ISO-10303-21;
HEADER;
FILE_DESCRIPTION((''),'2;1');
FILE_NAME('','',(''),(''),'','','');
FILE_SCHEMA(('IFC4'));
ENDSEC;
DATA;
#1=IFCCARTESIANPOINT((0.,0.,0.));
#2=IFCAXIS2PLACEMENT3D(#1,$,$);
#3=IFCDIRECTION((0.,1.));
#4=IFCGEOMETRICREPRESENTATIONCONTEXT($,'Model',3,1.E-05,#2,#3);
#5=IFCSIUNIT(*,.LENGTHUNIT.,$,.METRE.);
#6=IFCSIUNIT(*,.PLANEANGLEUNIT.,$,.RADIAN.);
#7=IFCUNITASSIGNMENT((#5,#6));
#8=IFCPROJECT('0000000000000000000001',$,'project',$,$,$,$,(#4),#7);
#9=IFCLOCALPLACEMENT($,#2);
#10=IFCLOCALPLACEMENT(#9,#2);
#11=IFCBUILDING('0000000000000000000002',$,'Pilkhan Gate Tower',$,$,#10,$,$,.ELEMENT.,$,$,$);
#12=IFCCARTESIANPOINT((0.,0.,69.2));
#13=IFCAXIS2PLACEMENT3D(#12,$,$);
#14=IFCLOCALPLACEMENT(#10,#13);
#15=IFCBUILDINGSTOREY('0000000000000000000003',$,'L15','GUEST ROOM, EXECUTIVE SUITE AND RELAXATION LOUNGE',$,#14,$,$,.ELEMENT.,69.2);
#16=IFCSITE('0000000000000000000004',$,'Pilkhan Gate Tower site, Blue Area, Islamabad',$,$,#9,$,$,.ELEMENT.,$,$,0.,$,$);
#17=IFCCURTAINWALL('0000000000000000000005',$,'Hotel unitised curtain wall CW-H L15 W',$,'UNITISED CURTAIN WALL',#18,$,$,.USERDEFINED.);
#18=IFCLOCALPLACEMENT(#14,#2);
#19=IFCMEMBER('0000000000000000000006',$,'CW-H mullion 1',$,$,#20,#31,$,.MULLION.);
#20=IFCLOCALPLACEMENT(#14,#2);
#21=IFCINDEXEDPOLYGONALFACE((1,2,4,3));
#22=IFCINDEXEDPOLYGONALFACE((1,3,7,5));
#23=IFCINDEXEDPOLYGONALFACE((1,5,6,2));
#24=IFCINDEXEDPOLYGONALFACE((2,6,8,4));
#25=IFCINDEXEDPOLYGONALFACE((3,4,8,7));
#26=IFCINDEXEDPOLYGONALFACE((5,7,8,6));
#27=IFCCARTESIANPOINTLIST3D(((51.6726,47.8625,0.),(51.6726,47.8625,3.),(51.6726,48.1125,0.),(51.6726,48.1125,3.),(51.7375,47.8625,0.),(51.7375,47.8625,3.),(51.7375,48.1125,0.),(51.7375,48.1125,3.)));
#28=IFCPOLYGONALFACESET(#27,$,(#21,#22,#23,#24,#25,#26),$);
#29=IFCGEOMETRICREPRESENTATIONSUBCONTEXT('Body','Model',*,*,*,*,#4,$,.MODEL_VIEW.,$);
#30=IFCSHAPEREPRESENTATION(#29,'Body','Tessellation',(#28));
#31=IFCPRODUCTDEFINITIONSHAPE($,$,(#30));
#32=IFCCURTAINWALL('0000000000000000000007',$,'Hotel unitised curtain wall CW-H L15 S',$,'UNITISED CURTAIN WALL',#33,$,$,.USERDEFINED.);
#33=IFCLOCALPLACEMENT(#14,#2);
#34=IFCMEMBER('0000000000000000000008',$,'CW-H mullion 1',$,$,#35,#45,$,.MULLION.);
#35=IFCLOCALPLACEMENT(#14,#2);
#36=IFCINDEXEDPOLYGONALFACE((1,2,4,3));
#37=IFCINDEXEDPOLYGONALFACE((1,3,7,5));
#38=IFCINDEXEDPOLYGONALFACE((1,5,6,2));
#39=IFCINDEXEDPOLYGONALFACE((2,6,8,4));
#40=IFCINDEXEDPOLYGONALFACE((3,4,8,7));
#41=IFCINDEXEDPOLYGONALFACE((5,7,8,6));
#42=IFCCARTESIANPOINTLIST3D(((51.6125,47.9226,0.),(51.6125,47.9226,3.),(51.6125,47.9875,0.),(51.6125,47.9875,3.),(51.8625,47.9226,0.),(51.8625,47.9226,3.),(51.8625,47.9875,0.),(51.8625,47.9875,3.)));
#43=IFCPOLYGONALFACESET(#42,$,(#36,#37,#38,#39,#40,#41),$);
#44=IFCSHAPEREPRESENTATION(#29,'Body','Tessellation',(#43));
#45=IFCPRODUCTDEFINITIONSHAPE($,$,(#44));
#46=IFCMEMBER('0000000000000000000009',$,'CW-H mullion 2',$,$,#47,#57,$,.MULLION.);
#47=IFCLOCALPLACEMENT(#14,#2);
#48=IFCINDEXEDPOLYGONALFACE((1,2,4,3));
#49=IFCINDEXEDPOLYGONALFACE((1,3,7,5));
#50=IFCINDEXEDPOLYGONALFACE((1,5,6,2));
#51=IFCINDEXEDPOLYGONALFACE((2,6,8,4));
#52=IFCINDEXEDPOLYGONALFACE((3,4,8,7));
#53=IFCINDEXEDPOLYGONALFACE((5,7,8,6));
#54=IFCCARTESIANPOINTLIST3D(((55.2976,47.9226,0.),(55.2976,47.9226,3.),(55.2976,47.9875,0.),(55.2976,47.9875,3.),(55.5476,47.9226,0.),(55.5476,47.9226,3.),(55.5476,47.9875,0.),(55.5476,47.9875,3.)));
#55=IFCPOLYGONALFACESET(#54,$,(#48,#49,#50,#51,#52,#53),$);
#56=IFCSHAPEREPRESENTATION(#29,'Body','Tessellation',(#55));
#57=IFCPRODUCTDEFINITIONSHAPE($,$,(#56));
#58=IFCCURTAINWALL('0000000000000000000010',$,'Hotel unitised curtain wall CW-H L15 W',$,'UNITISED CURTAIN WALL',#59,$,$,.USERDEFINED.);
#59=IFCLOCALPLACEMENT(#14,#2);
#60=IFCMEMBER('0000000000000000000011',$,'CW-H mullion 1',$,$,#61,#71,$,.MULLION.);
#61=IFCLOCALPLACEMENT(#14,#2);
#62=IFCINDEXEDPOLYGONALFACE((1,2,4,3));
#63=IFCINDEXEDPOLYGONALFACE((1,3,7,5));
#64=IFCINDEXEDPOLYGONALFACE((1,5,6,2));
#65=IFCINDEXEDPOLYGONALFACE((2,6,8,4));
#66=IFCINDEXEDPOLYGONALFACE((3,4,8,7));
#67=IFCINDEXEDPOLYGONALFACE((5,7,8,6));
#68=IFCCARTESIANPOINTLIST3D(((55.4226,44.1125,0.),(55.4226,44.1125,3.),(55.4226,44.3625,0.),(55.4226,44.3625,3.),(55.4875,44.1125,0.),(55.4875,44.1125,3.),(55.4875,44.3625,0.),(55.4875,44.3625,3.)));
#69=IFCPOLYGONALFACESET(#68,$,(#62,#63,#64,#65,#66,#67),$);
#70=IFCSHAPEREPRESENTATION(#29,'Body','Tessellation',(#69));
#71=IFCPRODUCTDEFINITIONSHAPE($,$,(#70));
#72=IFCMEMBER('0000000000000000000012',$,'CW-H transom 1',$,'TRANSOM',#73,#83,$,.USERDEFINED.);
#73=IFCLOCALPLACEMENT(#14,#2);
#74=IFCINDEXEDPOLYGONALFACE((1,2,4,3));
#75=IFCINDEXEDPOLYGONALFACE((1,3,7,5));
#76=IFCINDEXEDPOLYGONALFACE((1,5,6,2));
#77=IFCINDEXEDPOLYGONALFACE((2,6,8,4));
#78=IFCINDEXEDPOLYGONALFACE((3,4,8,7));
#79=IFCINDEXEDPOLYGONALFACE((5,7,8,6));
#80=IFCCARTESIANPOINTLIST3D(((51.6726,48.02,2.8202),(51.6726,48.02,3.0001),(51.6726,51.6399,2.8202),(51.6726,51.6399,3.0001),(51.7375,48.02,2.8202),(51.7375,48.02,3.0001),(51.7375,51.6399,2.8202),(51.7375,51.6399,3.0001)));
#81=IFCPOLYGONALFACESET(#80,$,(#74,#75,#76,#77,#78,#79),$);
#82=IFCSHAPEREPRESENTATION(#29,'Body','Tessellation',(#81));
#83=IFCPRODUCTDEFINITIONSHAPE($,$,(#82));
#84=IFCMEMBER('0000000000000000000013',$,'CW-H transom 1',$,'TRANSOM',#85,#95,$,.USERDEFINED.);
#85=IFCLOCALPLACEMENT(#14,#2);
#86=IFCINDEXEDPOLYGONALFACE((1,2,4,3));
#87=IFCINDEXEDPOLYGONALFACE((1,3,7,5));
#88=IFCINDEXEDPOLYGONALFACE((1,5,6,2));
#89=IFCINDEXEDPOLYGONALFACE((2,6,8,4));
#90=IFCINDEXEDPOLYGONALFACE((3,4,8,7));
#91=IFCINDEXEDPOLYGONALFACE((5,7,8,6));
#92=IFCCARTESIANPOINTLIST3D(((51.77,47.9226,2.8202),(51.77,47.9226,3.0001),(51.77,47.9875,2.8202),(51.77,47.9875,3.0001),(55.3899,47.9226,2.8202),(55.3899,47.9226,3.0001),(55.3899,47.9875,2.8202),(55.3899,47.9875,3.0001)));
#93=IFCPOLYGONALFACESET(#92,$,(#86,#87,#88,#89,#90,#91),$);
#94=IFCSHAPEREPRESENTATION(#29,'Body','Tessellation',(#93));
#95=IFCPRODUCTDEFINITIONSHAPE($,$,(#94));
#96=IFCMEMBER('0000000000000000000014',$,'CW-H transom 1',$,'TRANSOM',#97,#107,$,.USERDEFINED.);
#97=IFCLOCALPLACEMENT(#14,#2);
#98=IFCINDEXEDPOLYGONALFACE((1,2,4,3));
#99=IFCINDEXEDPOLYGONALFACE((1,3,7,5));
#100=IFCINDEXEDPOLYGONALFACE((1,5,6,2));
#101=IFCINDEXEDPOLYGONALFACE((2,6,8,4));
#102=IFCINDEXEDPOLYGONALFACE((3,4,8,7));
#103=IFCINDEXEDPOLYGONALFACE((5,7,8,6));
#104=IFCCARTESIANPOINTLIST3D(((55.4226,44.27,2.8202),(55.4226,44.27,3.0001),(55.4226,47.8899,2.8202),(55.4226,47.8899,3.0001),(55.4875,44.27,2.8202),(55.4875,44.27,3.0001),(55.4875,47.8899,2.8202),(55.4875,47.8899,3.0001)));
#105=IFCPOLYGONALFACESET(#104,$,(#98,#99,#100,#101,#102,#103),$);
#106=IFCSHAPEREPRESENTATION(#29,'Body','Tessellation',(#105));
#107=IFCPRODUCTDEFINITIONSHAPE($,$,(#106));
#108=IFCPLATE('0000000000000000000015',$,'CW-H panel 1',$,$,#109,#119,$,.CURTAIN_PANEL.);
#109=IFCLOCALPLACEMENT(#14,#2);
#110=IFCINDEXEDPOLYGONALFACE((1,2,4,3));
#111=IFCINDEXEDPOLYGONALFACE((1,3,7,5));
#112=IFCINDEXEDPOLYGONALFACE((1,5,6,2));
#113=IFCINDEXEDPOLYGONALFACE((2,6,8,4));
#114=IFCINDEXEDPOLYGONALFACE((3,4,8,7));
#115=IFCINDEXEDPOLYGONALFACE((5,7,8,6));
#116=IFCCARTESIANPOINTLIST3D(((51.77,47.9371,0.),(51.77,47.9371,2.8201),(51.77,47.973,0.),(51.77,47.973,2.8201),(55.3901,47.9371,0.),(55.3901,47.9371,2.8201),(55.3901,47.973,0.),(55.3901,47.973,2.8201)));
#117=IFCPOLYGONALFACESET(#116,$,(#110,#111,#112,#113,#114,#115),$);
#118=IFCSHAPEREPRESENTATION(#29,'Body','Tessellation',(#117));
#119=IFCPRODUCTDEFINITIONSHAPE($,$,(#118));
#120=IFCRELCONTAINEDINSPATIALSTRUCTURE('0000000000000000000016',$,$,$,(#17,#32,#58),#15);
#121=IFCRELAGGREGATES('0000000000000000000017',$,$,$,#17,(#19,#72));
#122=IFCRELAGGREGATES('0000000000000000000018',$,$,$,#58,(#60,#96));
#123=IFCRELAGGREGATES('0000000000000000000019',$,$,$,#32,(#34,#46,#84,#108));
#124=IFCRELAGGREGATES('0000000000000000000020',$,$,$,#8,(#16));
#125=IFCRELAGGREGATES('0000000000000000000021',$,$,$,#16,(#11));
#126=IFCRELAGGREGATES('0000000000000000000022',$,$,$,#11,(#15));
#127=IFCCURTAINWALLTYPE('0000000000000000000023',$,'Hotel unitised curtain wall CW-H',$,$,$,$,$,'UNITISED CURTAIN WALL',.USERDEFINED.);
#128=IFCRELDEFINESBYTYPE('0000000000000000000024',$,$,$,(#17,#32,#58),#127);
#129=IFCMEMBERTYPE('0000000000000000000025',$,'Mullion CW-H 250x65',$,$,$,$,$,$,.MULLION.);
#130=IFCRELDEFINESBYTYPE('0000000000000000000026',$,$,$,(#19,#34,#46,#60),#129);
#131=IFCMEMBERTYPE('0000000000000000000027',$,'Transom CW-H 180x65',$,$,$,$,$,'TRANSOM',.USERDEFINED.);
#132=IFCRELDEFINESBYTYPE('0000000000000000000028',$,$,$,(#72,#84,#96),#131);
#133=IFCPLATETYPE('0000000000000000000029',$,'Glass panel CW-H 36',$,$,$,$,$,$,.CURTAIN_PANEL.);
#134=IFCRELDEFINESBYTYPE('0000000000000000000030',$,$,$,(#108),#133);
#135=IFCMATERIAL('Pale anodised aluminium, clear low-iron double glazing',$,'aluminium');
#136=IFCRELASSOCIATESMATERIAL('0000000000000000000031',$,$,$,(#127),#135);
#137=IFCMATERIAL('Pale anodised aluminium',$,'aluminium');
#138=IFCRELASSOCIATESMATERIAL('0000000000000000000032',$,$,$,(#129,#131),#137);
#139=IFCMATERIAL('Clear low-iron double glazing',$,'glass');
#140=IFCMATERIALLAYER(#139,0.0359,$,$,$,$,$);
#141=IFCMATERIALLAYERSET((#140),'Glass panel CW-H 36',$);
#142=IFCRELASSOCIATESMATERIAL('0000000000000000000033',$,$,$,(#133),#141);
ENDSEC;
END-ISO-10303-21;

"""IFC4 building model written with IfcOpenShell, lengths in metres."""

from ifc_helpers import new_model, si_unit, direction, frame, origin, origin_2d, place, context, subcontext, project, spatial, rectangle, extrude, material, layer, layer_set, material_profile, profile_set, type_object, element, aggregate, save


model = new_model("IFC4")

# Units and contexts
model_context = context("Model", 3, precision=1e-05, world=origin(), true_north=direction((0.0, 1.0)))
body_context = subcontext(model_context, "Body", "Model", "MODEL_VIEW")
ifc_project = project(units=[si_unit("LENGTHUNIT", "METRE"), si_unit("PLANEANGLEUNIT", "RADIAN")], contexts=[model_context])

# Site, building, storey
site_placement = place(None, origin())
site = spatial("IfcSite", under=ifc_project, at=site_placement, Name="Pilkhan Gate Tower site, Blue Area, Islamabad", CompositionType="ELEMENT", RefElevation=0.0)
building_placement = place(site_placement, origin())
building = spatial("IfcBuilding", under=site, at=building_placement, Name="Pilkhan Gate Tower", CompositionType="ELEMENT")
storey_placement = place(building_placement, frame((0.0, 0.0, 69.2)))
storey = spatial("IfcBuildingStorey", under=building, at=storey_placement, Name="L15", Description="GUEST ROOM, EXECUTIVE SUITE AND RELAXATION LOUNGE", CompositionType="ELEMENT", Elevation=69.2)

# Curtain wall, member
ifc_material_1 = material(Name="Pale anodised aluminium, clear low-iron double glazing", Category="aluminium")
curtain_wall_type = type_object("IfcCurtainWallType", Name="Hotel unitised curtain wall CW-H", ElementType="UNITISED CURTAIN WALL", PredefinedType="USERDEFINED", material=ifc_material_1)
curtain_wall_1_placement = place(storey_placement, origin())
curtain_wall_1 = element("IfcCurtainWall", 1, at=curtain_wall_1_placement, inside=storey, type_object=curtain_wall_type, Name="Hotel unitised curtain wall CW-H L15 W", ObjectType="UNITISED CURTAIN WALL", PredefinedType="USERDEFINED")
ifc_material_2 = material(Name="Pale anodised aluminium", Category="aluminium")
ifc_material_profile_1 = material_profile(ifc_material_2, rectangle(XDim=0.0649, YDim=0.25, at=origin_2d()), Name="Mullion 250x65")
ifc_profile_set_1 = profile_set([ifc_material_profile_1], Name="Pale anodised aluminium")
member_type_1 = type_object("IfcMemberType", Name="Mullion CW-H 250x65", PredefinedType="MULLION", material=ifc_profile_set_1)
member_1_placement = place(storey_placement, frame((51.7051, 47.9875, 0.0), z_axis=(0.0, 0.0, 1.0), x_axis=(-1.0, 0.0, 0.0)))
member_1 = element("IfcMember", 2, at=member_1_placement, type_object=member_type_1, Name="CW-H mullion 1", PredefinedType="MULLION", context=body_context, shape_type="SweptSolid", body=[
    extrude(rectangle(XDim=0.0649, YDim=0.25, at=origin_2d()), origin(), (0.0, 0.0, 1.0), 3.0),
])

# Curtain wall, members
curtain_wall_2_placement = place(storey_placement, origin())
curtain_wall_2 = element("IfcCurtainWall", 3, at=curtain_wall_2_placement, inside=storey, type_object=curtain_wall_type, Name="Hotel unitised curtain wall CW-H L15 S", ObjectType="UNITISED CURTAIN WALL", PredefinedType="USERDEFINED")
member_2_placement = place(storey_placement, frame((51.7375, 47.9551, 0.0), z_axis=(0.0, 0.0, 1.0), x_axis=(0.0, 1.0, 0.0)))
member_2 = element("IfcMember", 4, at=member_2_placement, type_object=member_type_1, Name="CW-H mullion 1", PredefinedType="MULLION", context=body_context, shape_type="SweptSolid", body=[
    extrude(rectangle(XDim=0.0649, YDim=0.25, at=origin_2d()), origin(), (0.0, 0.0, 1.0), 3.0),
])
member_3_placement = place(storey_placement, frame((55.4226, 47.9551, 0.0), z_axis=(0.0, 0.0, 1.0), x_axis=(0.0, 1.0, 0.0)))
member_3 = element("IfcMember", 5, at=member_3_placement, type_object=member_type_1, Name="CW-H mullion 2", PredefinedType="MULLION", context=body_context, shape_type="SweptSolid", body=[
    extrude(rectangle(XDim=0.0649, YDim=0.25, at=origin_2d()), origin(), (0.0, 0.0, 1.0), 3.0),
])

# Curtain wall, member
curtain_wall_3_placement = place(storey_placement, origin())
curtain_wall_3 = element("IfcCurtainWall", 6, at=curtain_wall_3_placement, inside=storey, type_object=curtain_wall_type, Name="Hotel unitised curtain wall CW-H L15 W", ObjectType="UNITISED CURTAIN WALL", PredefinedType="USERDEFINED")
member_4_placement = place(storey_placement, frame((55.4551, 44.2375, 0.0), z_axis=(0.0, 0.0, 1.0), x_axis=(-1.0, 0.0, 0.0)))
member_4 = element("IfcMember", 7, at=member_4_placement, type_object=member_type_1, Name="CW-H mullion 1", PredefinedType="MULLION", context=body_context, shape_type="SweptSolid", body=[
    extrude(rectangle(XDim=0.0649, YDim=0.25, at=origin_2d()), origin(), (0.0, 0.0, 1.0), 3.0),
])

# Members
ifc_material_profile_2 = material_profile(ifc_material_2, rectangle(XDim=0.0649, YDim=0.1799, at=origin_2d()), Name="Transom 180x65")
ifc_profile_set_2 = profile_set([ifc_material_profile_2], Name="Pale anodised aluminium")
member_type_2 = type_object("IfcMemberType", Name="Transom CW-H 180x65", ElementType="TRANSOM", PredefinedType="USERDEFINED", material=ifc_profile_set_2)
member_5_placement = place(storey_placement, frame((51.7051, 48.02, 2.9102), z_axis=(0.0, 1.0, 0.0), x_axis=(-1.0, 0.0, 0.0)))
member_5 = element("IfcMember", 8, at=member_5_placement, type_object=member_type_2, Name="CW-H transom 1", ObjectType="TRANSOM", PredefinedType="USERDEFINED", context=body_context, shape_type="SweptSolid", body=[
    extrude(rectangle(XDim=0.0649, YDim=0.1799, at=origin_2d()), origin(), (0.0, 0.0, 1.0), 3.6199),
])
aggregate(curtain_wall_1, [member_1, member_5])
member_6_placement = place(storey_placement, frame((51.77, 47.9551, 2.9102), z_axis=(1.0, 0.0, 0.0), x_axis=(0.0, 1.0, 0.0)))
member_6 = element("IfcMember", 9, at=member_6_placement, type_object=member_type_2, Name="CW-H transom 1", ObjectType="TRANSOM", PredefinedType="USERDEFINED", context=body_context, shape_type="SweptSolid", body=[
    extrude(rectangle(XDim=0.0649, YDim=0.1799, at=origin_2d()), origin(), (0.0, 0.0, 1.0), 3.6199),
])
member_7_placement = place(storey_placement, frame((55.4551, 44.27, 2.9102), z_axis=(0.0, 1.0, 0.0), x_axis=(-1.0, 0.0, 0.0)))
member_7 = element("IfcMember", 10, at=member_7_placement, type_object=member_type_2, Name="CW-H transom 1", ObjectType="TRANSOM", PredefinedType="USERDEFINED", context=body_context, shape_type="SweptSolid", body=[
    extrude(rectangle(XDim=0.0649, YDim=0.1799, at=origin_2d()), origin(), (0.0, 0.0, 1.0), 3.6199),
])
aggregate(curtain_wall_3, [member_4, member_7])

# Plate
ifc_material_3 = material(Name="Clear low-iron double glazing", Category="glass")
ifc_layer = layer(ifc_material_3, 0.0359)
ifc_layer_set = layer_set([ifc_layer], Name="Glass panel CW-H 36")
plate_type = type_object("IfcPlateType", Name="Glass panel CW-H 36", PredefinedType="CURTAIN_PANEL", material=ifc_layer_set)
plate_placement = place(storey_placement, frame((53.5801, 47.9551, 0.0), z_axis=(0.0, 0.0, 1.0), x_axis=(1.0, 0.0, 0.0)))
plate = element("IfcPlate", 11, at=plate_placement, type_object=plate_type, Name="CW-H panel 1", PredefinedType="CURTAIN_PANEL", context=body_context, shape_type="SweptSolid", body=[
    extrude(rectangle(XDim=3.6201, YDim=0.0359, at=origin_2d()), origin(), (0.0, 0.0, 1.0), 2.8201),
])
aggregate(curtain_wall_2, [member_2, member_3, member_6, plate])

save(model, "model.ifc")
